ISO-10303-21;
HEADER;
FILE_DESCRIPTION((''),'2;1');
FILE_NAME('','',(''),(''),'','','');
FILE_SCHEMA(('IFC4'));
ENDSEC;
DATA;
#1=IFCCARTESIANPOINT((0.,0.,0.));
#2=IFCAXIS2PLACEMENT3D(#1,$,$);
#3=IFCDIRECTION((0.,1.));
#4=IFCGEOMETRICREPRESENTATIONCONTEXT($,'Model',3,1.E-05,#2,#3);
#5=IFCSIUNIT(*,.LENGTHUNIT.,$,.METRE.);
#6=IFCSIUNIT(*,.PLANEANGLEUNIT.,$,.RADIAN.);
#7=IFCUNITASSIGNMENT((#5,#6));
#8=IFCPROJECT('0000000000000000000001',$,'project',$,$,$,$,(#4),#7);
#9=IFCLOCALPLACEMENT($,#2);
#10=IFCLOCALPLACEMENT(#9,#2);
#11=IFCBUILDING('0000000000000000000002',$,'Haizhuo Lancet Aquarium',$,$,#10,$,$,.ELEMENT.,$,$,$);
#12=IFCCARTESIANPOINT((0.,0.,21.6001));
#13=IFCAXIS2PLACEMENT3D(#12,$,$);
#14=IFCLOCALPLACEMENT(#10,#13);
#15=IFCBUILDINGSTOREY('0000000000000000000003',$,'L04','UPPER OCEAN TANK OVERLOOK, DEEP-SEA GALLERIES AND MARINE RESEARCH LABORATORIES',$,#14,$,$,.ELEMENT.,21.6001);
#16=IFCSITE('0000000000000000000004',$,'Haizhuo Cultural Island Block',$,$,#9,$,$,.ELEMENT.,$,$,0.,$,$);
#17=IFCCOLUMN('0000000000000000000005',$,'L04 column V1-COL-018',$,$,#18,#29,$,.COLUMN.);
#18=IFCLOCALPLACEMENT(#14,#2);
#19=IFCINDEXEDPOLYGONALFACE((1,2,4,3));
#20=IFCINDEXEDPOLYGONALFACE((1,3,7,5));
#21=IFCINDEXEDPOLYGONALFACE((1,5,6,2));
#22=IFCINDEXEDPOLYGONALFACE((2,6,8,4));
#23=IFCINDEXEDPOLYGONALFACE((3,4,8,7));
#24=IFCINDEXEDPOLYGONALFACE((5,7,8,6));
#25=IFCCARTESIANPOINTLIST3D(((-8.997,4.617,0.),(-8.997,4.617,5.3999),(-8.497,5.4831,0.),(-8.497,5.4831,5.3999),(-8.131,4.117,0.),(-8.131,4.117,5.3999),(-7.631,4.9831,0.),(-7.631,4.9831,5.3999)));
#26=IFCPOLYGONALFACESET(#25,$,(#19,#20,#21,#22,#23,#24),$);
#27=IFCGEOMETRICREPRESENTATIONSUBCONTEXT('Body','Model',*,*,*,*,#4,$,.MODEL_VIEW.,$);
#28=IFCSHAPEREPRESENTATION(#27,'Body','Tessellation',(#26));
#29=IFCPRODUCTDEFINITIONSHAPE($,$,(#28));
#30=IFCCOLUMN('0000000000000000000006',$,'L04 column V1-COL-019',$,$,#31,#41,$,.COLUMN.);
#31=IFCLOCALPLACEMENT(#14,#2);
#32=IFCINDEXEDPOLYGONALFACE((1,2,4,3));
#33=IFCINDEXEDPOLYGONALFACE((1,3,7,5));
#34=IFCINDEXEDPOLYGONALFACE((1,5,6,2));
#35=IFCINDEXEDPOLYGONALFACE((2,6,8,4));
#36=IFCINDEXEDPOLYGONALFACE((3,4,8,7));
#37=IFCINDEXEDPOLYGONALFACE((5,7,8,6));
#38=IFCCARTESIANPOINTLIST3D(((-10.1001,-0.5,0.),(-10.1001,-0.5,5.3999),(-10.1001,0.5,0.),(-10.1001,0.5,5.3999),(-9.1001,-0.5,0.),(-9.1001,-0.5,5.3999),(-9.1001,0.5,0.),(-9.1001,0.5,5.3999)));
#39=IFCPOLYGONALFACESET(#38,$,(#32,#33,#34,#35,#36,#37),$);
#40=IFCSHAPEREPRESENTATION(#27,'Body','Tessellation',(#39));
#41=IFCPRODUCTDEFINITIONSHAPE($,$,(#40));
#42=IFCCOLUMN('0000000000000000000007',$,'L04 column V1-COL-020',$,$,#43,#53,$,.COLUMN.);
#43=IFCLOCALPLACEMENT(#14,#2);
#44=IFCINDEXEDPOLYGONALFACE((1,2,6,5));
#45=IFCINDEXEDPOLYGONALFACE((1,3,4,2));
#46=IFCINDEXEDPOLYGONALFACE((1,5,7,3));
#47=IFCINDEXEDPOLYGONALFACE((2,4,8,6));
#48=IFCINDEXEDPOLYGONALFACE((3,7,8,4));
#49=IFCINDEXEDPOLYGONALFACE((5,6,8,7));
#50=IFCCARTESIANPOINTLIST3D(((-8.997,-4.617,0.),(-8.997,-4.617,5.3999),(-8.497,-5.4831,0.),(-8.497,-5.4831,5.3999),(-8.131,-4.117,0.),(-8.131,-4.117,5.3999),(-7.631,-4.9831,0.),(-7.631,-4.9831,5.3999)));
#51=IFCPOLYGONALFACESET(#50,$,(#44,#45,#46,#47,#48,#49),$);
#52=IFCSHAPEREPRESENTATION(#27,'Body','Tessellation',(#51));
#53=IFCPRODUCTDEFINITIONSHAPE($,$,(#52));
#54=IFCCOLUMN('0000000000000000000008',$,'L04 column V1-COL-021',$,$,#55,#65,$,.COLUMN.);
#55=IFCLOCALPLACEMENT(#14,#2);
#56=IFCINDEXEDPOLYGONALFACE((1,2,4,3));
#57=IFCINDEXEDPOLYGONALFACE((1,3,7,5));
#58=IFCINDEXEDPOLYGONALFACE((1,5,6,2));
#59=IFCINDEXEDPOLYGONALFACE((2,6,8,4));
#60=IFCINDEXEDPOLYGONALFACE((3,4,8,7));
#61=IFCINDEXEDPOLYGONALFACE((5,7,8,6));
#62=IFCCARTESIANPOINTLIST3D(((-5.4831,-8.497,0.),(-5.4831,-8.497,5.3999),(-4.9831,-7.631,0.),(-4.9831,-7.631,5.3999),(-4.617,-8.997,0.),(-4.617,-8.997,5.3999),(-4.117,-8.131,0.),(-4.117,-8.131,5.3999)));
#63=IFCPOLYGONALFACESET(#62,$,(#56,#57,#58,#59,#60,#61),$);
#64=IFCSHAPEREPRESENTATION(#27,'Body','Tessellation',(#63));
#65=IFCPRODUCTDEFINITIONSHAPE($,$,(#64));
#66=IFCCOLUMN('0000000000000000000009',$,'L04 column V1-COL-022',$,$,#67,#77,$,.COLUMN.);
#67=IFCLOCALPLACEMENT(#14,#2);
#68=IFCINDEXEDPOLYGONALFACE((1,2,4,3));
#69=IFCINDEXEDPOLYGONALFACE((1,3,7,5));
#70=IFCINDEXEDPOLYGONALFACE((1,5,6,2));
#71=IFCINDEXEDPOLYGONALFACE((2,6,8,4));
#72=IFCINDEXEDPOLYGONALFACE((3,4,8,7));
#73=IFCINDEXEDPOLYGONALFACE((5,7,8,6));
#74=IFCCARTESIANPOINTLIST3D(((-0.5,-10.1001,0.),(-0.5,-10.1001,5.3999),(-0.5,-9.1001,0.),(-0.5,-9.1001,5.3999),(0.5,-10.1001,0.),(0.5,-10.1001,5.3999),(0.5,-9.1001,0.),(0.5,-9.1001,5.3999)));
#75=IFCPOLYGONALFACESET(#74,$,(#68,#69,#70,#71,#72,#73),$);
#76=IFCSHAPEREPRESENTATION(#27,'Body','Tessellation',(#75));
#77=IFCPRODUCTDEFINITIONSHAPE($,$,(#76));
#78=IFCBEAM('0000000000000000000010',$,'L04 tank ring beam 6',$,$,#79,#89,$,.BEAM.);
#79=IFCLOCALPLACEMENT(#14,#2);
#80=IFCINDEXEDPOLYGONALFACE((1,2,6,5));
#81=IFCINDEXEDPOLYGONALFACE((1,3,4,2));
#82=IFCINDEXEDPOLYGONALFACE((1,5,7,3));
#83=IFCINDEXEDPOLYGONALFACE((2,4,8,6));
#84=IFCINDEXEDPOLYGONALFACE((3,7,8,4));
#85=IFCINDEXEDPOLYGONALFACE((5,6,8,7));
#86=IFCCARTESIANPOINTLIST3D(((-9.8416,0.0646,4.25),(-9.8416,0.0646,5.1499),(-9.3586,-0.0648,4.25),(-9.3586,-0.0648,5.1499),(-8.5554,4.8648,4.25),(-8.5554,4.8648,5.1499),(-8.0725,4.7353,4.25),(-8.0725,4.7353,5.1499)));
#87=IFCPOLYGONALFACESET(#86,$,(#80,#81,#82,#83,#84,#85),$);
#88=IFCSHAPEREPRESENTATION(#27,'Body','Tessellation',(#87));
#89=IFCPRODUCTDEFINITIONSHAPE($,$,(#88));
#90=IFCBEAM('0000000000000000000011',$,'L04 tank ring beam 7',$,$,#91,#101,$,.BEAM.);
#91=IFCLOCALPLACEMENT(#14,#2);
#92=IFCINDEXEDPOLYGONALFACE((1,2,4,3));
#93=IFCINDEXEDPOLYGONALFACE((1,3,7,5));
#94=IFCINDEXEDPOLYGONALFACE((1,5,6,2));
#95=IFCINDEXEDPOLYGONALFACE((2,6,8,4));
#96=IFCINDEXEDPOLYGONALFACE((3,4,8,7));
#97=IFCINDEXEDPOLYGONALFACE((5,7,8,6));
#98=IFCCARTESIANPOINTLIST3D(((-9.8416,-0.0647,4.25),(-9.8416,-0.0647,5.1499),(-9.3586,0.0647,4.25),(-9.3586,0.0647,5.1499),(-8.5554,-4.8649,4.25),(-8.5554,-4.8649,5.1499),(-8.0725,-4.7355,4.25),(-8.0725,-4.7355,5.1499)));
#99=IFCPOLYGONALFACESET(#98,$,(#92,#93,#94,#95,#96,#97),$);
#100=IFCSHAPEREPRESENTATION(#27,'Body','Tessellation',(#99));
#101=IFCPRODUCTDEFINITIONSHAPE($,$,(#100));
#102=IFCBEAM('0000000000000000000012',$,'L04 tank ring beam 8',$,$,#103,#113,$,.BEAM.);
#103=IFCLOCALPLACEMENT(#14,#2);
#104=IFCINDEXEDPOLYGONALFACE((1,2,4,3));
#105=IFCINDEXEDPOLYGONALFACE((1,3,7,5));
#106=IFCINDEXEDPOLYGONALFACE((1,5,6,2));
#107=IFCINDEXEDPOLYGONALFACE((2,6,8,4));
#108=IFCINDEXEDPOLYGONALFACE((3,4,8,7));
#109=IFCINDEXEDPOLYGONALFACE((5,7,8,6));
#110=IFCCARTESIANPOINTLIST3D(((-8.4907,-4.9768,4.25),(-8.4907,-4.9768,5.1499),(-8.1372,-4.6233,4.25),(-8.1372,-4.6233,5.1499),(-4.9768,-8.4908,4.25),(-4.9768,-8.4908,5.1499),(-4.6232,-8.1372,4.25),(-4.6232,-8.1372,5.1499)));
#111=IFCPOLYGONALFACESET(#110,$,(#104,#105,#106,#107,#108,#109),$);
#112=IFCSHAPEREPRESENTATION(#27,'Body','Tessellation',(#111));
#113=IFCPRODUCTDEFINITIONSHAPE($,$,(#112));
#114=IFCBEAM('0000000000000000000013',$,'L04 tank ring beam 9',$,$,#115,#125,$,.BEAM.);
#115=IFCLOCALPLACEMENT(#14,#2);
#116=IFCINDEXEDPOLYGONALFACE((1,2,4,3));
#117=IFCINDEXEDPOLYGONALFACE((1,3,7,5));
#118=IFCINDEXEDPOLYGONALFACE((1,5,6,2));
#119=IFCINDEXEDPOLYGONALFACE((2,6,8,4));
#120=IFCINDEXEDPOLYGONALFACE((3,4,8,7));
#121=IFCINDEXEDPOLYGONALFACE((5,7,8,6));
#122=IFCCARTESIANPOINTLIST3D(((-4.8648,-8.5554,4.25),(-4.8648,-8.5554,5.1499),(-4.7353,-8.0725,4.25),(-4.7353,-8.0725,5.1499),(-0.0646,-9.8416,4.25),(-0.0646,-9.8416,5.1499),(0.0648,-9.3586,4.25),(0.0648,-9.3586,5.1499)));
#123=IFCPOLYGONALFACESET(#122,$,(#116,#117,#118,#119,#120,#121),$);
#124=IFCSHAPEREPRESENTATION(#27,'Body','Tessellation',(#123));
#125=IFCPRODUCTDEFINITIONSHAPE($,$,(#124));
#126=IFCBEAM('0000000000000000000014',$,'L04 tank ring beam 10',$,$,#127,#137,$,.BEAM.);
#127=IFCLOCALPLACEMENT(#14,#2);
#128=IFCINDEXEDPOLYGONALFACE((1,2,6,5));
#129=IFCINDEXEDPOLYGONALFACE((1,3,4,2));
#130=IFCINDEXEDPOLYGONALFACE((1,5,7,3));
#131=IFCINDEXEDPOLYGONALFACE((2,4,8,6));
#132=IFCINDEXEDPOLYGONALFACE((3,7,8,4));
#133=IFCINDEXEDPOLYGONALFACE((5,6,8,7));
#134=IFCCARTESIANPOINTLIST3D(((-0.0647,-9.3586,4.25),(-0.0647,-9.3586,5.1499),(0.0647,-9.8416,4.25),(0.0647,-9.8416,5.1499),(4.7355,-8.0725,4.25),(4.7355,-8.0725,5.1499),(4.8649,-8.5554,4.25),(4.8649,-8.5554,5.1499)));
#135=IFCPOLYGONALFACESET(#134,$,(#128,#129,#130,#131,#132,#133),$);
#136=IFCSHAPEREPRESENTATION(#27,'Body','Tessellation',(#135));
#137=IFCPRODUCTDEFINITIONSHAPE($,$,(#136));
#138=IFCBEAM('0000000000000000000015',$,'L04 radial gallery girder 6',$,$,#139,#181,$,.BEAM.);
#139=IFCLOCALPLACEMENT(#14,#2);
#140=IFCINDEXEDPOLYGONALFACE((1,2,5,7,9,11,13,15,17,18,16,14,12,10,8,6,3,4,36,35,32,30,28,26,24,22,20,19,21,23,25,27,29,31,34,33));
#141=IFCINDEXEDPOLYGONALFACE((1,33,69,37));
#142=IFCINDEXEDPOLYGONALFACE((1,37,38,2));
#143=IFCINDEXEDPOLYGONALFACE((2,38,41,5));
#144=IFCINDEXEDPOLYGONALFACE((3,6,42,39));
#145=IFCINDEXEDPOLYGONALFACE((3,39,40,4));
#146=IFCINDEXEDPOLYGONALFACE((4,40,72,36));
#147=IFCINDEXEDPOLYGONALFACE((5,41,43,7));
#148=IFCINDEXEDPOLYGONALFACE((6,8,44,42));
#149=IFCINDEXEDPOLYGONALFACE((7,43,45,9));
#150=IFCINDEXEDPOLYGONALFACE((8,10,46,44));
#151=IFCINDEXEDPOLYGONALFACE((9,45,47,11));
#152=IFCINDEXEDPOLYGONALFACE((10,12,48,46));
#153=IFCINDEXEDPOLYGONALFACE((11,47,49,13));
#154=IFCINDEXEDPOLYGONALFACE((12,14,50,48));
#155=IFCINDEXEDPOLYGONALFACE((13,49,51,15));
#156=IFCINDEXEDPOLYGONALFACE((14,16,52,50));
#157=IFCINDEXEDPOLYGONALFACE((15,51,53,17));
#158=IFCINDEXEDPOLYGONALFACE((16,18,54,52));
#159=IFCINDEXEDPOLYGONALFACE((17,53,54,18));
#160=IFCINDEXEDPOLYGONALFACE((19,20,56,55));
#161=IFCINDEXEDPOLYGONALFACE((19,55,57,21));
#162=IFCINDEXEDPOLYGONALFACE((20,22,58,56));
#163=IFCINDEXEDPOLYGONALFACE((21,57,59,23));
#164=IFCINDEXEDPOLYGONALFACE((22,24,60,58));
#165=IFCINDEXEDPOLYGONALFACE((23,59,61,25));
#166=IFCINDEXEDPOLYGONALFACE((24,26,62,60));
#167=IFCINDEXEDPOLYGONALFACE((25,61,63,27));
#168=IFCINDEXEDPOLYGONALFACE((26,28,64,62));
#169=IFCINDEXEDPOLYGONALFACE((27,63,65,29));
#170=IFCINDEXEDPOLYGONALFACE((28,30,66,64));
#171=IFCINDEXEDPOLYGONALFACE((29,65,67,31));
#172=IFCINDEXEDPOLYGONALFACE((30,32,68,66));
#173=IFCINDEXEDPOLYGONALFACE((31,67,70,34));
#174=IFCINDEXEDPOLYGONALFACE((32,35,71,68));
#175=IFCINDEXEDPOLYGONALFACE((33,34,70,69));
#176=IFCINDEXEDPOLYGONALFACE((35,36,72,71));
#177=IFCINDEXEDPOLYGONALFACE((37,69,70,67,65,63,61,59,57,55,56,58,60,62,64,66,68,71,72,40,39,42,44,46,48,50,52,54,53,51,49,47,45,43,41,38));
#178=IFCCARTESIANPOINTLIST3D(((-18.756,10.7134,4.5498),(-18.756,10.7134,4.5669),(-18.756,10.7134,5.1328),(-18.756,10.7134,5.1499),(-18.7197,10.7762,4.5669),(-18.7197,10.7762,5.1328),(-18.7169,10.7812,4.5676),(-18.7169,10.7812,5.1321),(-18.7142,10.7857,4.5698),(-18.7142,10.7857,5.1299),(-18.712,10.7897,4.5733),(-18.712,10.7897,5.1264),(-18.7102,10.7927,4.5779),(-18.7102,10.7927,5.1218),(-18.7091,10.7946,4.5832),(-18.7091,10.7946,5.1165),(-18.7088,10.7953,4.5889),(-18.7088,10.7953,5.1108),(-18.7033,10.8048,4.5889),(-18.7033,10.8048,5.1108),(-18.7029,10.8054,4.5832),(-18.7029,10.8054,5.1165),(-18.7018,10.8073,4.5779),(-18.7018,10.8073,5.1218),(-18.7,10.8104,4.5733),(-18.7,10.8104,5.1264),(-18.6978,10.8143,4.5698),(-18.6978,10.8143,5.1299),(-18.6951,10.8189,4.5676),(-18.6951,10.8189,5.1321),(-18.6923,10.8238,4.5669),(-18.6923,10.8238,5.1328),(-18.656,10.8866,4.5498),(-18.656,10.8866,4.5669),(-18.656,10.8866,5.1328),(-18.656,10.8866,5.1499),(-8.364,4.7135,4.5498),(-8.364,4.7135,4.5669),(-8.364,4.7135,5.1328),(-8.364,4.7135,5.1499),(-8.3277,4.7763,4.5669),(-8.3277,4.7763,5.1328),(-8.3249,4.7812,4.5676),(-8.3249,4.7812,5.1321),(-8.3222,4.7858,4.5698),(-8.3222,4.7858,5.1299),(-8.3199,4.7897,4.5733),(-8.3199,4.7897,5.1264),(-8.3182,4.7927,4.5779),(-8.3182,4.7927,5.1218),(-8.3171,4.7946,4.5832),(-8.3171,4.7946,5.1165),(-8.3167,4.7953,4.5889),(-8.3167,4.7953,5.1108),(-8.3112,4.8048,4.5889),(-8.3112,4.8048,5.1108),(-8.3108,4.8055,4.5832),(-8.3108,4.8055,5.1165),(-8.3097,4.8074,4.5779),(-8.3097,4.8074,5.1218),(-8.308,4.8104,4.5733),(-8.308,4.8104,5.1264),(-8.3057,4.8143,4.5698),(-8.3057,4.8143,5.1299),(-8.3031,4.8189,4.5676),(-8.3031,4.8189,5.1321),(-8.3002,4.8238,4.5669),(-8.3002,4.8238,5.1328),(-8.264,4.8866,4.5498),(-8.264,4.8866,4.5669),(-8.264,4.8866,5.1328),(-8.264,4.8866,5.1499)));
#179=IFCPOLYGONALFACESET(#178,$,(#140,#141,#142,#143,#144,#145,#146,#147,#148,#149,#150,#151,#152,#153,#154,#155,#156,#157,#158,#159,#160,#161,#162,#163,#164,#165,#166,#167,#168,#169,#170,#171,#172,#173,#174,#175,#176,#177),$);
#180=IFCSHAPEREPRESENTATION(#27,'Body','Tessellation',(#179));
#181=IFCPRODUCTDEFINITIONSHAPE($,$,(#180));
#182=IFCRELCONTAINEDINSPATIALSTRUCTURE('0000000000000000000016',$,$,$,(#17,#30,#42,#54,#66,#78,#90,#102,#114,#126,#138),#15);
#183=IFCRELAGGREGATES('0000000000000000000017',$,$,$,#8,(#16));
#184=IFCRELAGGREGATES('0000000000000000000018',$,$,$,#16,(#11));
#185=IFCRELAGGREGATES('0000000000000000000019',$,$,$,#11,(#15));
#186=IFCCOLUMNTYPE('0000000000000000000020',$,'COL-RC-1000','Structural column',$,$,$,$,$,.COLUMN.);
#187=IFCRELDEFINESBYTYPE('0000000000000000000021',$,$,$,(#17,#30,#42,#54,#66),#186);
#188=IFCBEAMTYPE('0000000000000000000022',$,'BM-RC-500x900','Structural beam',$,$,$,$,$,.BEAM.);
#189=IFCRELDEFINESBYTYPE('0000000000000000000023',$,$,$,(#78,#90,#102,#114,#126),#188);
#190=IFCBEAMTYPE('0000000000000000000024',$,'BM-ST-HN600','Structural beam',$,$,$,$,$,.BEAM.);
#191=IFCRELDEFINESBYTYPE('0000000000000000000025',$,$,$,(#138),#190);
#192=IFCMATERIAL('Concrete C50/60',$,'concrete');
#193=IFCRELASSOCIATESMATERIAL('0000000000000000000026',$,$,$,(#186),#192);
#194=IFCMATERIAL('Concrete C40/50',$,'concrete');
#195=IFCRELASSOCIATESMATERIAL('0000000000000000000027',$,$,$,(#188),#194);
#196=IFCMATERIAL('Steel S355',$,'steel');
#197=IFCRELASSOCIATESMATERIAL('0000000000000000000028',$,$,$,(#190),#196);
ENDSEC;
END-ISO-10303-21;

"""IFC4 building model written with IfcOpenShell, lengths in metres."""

from ifc_helpers import new_model, si_unit, direction, frame, origin, origin_2d, place, context, subcontext, project, spatial, rectangle, i_section, extrude, material, material_profile, profile_set, type_object, element, save


model = new_model("IFC4")

# Units and contexts
model_context = context("Model", 3, precision=1e-05, world=origin(), true_north=direction((0.0, 1.0)))
body_context = subcontext(model_context, "Body", "Model", "MODEL_VIEW")
ifc_project = project(units=[si_unit("LENGTHUNIT", "METRE"), si_unit("PLANEANGLEUNIT", "RADIAN")], contexts=[model_context])

# Site, building, storey
site_placement = place(None, origin())
site = spatial("IfcSite", under=ifc_project, at=site_placement, Name="Haizhuo Cultural Island Block", CompositionType="ELEMENT", RefElevation=0.0)
building_placement = place(site_placement, origin())
building = spatial("IfcBuilding", under=site, at=building_placement, Name="Haizhuo Lancet Aquarium", CompositionType="ELEMENT")
storey_placement = place(building_placement, frame((0.0, 0.0, 21.6001)))
storey = spatial("IfcBuildingStorey", under=building, at=storey_placement, Name="L04", Description="UPPER OCEAN TANK OVERLOOK, DEEP-SEA GALLERIES AND MARINE RESEARCH LABORATORIES", CompositionType="ELEMENT", Elevation=21.6001)

# Columns
ifc_material_1 = material(Name="Concrete C50/60", Category="concrete")
ifc_material_profile_1 = material_profile(ifc_material_1, rectangle(XDim=1.0, YDim=1.0, at=origin_2d()), Name="RC-COL 1000x1000")
ifc_profile_set_1 = profile_set([ifc_material_profile_1], Name="Concrete C50/60")
column_type = type_object("IfcColumnType", Name="COL-RC-1000", Description="Structural column", PredefinedType="COLUMN", material=ifc_profile_set_1)
for number, where, z_axis, x_axis, name in (
    (1, (-8.314, 4.8, 0.0), (0.0, 0.0, 1.0), (-0.866025, 0.5, 0.0), "L04 column V1-COL-018"),
    (2, (-9.6001, 0.0, 0.0), (0.0, 0.0, 1.0), (-1.0, 0.0, 0.0), "L04 column V1-COL-019"),
    (3, (-8.314, -4.8, 0.0), (0.0, 0.0, 1.0), (-0.866025, -0.5, 0.0), "L04 column V1-COL-020"),
    (4, (-4.8, -8.314, 0.0), (0.0, 0.0, 1.0), (-0.5, -0.866025, 0.0), "L04 column V1-COL-021"),
    (5, (0.0, -9.6001, 0.0), (0.0, 0.0, 1.0), (0.0, -1.0, 0.0), "L04 column V1-COL-022"),
):
    element("IfcColumn", number, at=place(storey_placement, frame(where, z_axis=z_axis, x_axis=x_axis)), inside=storey, type_object=column_type, Name=name, PredefinedType="COLUMN", context=body_context, shape_type="SweptSolid", body=[
        extrude(rectangle(XDim=1.0, YDim=1.0, at=origin_2d()), origin(), (0.0, 0.0, 1.0), 5.3999),
    ])

# Beams
ifc_material_2 = material(Name="Concrete C40/50", Category="concrete")
ifc_material_profile_2 = material_profile(ifc_material_2, rectangle(XDim=0.5, YDim=0.8999, at=origin_2d()), Name="RC-BM 500x900")
ifc_profile_set_2 = profile_set([ifc_material_profile_2], Name="Concrete C40/50")
beam_type_1 = type_object("IfcBeamType", Name="BM-RC-500x900", Description="Structural beam", PredefinedType="BEAM", material=ifc_profile_set_2)
for number, where, z_axis, x_axis, name in (
    (6, (-8.314, 4.8, 4.7), (-0.258812, -0.965928, 0.0), (0.965928, -0.258812, 0.0), "L04 tank ring beam 6"),
    (7, (-9.6001, 0.0, 4.7), (0.258812, -0.965928, 0.0), (0.965928, 0.258812, 0.0), "L04 tank ring beam 7"),
    (8, (-8.314, -4.8, 4.7), (0.707107, -0.707107, 0.0), (0.707107, 0.707107, 0.0), "L04 tank ring beam 8"),
    (9, (-4.8, -8.314, 4.7), (0.965928, -0.258812, 0.0), (0.258812, 0.965928, 0.0), "L04 tank ring beam 9"),
    (10, (0.0, -9.6001, 4.7), (0.965928, 0.258812, 0.0), (-0.258812, 0.965928, 0.0), "L04 tank ring beam 10"),
):
    element("IfcBeam", number, at=place(storey_placement, frame(where, z_axis=z_axis, x_axis=x_axis)), inside=storey, type_object=beam_type_1, Name=name, PredefinedType="BEAM", context=body_context, shape_type="SweptSolid", body=[
        extrude(rectangle(XDim=0.5, YDim=0.8999, at=origin_2d()), origin(), (0.0, 0.0, 1.0), 4.9695),
    ])
ifc_material_3 = material(Name="Steel S355", Category="steel")
ifc_material_profile_3 = material_profile(ifc_material_3, i_section(OverallWidth=0.2, OverallDepth=0.6001, WebThickness=0.011, FlangeThickness=0.0171, FilletRadius=0.022, at=origin_2d()), Name="HN 600x200x11x17")
ifc_profile_set_3 = profile_set([ifc_material_profile_3], Name="Steel S355")
beam_type_2 = type_object("IfcBeamType", Name="BM-ST-HN600", Description="Structural beam", PredefinedType="BEAM", material=ifc_profile_set_3)
for number, where, z_axis, x_axis, name in (
    (11, (-8.314, 4.8, 4.8499), (-0.866021, 0.500008, 0.0), (-0.500008, -0.866021, 0.0), "L04 radial gallery girder 6"),
):
    element("IfcBeam", number, at=place(storey_placement, frame(where, z_axis=z_axis, x_axis=x_axis)), inside=storey, type_object=beam_type_2, Name=name, PredefinedType="BEAM", context=body_context, shape_type="SweptSolid", body=[
        extrude(i_section(OverallWidth=0.2, OverallDepth=0.6001, WebThickness=0.011, FlangeThickness=0.0171, FilletRadius=0.022, at=origin_2d()), origin(), (0.0, 0.0, 1.0), 11.9998),
    ])

save(model, "model.ifc")
